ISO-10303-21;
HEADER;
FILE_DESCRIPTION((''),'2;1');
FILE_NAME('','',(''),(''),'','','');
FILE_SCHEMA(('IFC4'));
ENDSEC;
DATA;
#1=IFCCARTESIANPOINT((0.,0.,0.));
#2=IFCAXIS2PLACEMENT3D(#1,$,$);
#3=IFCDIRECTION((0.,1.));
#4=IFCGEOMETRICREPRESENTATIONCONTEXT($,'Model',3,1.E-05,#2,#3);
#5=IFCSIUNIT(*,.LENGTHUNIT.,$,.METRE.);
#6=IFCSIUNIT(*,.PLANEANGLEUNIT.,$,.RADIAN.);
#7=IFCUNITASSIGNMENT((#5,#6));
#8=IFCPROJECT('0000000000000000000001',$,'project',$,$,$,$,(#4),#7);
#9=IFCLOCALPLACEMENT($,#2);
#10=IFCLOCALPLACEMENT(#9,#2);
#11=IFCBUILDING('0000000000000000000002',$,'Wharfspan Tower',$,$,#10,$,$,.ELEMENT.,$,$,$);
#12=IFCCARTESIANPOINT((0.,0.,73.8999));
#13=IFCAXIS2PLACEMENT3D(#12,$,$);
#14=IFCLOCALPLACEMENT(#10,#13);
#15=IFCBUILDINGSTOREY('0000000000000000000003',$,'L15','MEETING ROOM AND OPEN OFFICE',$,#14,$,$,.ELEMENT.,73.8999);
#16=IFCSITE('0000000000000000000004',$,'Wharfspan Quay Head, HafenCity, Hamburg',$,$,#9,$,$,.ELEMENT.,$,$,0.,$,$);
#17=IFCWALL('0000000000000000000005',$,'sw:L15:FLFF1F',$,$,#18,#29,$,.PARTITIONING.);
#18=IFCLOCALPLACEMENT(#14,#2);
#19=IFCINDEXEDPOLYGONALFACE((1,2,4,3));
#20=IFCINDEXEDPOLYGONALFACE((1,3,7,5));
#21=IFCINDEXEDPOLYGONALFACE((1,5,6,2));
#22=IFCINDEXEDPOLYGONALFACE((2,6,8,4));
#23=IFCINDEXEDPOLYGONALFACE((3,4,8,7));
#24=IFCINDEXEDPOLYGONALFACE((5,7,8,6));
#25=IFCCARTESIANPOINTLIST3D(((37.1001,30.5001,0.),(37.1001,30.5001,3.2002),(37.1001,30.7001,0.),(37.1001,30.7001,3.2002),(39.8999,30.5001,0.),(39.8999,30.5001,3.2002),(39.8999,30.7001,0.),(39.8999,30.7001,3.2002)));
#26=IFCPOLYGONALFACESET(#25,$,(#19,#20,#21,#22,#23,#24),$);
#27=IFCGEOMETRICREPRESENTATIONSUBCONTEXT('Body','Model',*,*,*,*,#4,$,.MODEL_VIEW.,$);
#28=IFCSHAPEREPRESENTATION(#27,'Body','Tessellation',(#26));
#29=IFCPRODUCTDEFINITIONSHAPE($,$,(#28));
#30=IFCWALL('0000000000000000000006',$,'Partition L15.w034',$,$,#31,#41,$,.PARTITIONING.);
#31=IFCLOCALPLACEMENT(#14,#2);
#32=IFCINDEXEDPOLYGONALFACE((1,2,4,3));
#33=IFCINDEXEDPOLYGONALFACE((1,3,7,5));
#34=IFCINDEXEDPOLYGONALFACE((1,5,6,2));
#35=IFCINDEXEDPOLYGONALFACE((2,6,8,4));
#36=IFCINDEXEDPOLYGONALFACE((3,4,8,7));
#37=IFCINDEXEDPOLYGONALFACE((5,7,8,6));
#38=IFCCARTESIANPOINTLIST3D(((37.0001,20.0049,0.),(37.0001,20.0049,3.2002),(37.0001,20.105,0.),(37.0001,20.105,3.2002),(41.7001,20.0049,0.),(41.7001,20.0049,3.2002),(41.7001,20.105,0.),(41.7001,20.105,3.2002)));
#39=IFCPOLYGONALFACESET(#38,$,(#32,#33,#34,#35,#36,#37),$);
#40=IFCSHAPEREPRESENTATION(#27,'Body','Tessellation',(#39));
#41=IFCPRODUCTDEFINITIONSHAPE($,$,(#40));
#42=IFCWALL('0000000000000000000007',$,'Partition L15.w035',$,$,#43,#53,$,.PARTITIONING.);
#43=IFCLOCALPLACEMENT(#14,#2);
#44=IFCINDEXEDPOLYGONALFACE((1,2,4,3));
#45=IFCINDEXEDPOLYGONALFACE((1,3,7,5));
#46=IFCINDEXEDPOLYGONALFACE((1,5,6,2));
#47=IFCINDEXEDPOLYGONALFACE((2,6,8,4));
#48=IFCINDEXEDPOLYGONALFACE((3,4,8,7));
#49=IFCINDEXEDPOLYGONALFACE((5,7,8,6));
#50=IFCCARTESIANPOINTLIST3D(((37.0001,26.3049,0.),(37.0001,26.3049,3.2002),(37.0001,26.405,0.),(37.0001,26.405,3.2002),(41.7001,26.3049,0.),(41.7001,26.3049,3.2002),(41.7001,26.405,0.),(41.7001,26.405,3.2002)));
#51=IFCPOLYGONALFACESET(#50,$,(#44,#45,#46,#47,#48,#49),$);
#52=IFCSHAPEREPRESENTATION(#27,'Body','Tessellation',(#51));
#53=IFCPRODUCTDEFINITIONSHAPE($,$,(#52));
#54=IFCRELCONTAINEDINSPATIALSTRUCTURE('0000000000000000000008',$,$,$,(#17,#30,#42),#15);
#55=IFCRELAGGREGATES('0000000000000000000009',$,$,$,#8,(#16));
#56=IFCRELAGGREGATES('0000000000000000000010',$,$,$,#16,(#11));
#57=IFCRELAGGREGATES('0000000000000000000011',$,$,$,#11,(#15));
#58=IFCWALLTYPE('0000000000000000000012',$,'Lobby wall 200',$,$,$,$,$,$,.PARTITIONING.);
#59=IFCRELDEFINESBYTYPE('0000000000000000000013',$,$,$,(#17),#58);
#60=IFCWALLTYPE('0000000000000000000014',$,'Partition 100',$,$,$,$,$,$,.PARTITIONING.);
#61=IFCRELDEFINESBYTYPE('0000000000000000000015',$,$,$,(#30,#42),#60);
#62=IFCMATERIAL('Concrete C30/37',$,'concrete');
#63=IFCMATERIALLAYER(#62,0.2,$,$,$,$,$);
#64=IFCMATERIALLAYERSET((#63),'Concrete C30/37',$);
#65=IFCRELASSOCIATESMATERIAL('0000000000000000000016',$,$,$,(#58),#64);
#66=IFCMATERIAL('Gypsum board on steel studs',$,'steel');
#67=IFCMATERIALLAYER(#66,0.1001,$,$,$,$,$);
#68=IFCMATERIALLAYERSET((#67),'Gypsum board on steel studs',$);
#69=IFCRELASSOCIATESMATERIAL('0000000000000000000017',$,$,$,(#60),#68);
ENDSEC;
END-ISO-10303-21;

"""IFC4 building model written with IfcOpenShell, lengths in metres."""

from ifc_helpers import new_model, si_unit, direction, frame, frame_2d, origin, place, context, subcontext, project, spatial, rectangle, extrude, material, layer, layer_set, type_object, element, save


model = new_model("IFC4")

# Units and contexts
model_context = context("Model", 3, precision=1e-05, world=origin(), true_north=direction((0.0, 1.0)))
body_context = subcontext(model_context, "Body", "Model", "MODEL_VIEW")
ifc_project = project(units=[si_unit("LENGTHUNIT", "METRE"), si_unit("PLANEANGLEUNIT", "RADIAN")], contexts=[model_context])

# Site, building, storey
site_placement = place(None, origin())
site = spatial("IfcSite", under=ifc_project, at=site_placement, Name="Wharfspan Quay Head, HafenCity, Hamburg", CompositionType="ELEMENT", RefElevation=0.0)
building_placement = place(site_placement, origin())
building = spatial("IfcBuilding", under=site, at=building_placement, Name="Wharfspan Tower", CompositionType="ELEMENT")
storey_placement = place(building_placement, frame((0.0, 0.0, 73.8999)))
storey = spatial("IfcBuildingStorey", under=building, at=storey_placement, Name="L15", Description="MEETING ROOM AND OPEN OFFICE", CompositionType="ELEMENT", Elevation=73.8999)

# Shared definitions
ifc_material_1 = material(Name="Gypsum board on steel studs", Category="steel")

# Shared definitions
ifc_material_2 = material(Name="Concrete C30/37", Category="concrete")
ifc_layer_1 = layer(ifc_material_2, 0.2)
ifc_layer_set_1 = layer_set([ifc_layer_1], Name="Concrete C30/37")
wall_type_1 = type_object("IfcWallType", Name="Lobby wall 200", PredefinedType="PARTITIONING", material=ifc_layer_set_1)

# Walls
wall_1_placement = place(storey_placement, frame((37.1001, 30.6001, 0.0), z_axis=(0.0, 0.0, 1.0), x_axis=(1.0, 0.0, 0.0)))
element("IfcWall", 1, at=wall_1_placement, inside=storey, type_object=wall_type_1, Name="sw:L15:FLFF1F", PredefinedType="PARTITIONING", context=body_context, shape_type="SweptSolid", body=[
    extrude(rectangle(XDim=2.7998, YDim=0.2, at=frame_2d((1.3999, 0.0))), origin(), (0.0, 0.0, 1.0), 3.2002),
])
ifc_layer_2 = layer(ifc_material_1, 0.1001)
ifc_layer_set_2 = layer_set([ifc_layer_2], Name="Gypsum board on steel studs")
wall_type_2 = type_object("IfcWallType", Name="Partition 100", PredefinedType="PARTITIONING", material=ifc_layer_set_2)
for number, where, z_axis, x_axis, name in (
    (2, (37.0, 20.0549, 0.0), (0.0, 0.0, 1.0), (1.0, 0.0, 0.0), "Partition L15.w034"),
    (3, (37.0, 26.355, 0.0), (0.0, 0.0, 1.0), (1.0, 0.0, 0.0), "Partition L15.w035"),
):
    element("IfcWall", number, at=place(storey_placement, frame(where, z_axis=z_axis, x_axis=x_axis)), inside=storey, type_object=wall_type_2, Name=name, PredefinedType="PARTITIONING", context=body_context, shape_type="SweptSolid", body=[
        extrude(rectangle(XDim=4.7, YDim=0.1001, at=frame_2d((2.3501, 0.0))), origin(), (0.0, 0.0, 1.0), 3.2002),
    ])

save(model, "model.ifc")
